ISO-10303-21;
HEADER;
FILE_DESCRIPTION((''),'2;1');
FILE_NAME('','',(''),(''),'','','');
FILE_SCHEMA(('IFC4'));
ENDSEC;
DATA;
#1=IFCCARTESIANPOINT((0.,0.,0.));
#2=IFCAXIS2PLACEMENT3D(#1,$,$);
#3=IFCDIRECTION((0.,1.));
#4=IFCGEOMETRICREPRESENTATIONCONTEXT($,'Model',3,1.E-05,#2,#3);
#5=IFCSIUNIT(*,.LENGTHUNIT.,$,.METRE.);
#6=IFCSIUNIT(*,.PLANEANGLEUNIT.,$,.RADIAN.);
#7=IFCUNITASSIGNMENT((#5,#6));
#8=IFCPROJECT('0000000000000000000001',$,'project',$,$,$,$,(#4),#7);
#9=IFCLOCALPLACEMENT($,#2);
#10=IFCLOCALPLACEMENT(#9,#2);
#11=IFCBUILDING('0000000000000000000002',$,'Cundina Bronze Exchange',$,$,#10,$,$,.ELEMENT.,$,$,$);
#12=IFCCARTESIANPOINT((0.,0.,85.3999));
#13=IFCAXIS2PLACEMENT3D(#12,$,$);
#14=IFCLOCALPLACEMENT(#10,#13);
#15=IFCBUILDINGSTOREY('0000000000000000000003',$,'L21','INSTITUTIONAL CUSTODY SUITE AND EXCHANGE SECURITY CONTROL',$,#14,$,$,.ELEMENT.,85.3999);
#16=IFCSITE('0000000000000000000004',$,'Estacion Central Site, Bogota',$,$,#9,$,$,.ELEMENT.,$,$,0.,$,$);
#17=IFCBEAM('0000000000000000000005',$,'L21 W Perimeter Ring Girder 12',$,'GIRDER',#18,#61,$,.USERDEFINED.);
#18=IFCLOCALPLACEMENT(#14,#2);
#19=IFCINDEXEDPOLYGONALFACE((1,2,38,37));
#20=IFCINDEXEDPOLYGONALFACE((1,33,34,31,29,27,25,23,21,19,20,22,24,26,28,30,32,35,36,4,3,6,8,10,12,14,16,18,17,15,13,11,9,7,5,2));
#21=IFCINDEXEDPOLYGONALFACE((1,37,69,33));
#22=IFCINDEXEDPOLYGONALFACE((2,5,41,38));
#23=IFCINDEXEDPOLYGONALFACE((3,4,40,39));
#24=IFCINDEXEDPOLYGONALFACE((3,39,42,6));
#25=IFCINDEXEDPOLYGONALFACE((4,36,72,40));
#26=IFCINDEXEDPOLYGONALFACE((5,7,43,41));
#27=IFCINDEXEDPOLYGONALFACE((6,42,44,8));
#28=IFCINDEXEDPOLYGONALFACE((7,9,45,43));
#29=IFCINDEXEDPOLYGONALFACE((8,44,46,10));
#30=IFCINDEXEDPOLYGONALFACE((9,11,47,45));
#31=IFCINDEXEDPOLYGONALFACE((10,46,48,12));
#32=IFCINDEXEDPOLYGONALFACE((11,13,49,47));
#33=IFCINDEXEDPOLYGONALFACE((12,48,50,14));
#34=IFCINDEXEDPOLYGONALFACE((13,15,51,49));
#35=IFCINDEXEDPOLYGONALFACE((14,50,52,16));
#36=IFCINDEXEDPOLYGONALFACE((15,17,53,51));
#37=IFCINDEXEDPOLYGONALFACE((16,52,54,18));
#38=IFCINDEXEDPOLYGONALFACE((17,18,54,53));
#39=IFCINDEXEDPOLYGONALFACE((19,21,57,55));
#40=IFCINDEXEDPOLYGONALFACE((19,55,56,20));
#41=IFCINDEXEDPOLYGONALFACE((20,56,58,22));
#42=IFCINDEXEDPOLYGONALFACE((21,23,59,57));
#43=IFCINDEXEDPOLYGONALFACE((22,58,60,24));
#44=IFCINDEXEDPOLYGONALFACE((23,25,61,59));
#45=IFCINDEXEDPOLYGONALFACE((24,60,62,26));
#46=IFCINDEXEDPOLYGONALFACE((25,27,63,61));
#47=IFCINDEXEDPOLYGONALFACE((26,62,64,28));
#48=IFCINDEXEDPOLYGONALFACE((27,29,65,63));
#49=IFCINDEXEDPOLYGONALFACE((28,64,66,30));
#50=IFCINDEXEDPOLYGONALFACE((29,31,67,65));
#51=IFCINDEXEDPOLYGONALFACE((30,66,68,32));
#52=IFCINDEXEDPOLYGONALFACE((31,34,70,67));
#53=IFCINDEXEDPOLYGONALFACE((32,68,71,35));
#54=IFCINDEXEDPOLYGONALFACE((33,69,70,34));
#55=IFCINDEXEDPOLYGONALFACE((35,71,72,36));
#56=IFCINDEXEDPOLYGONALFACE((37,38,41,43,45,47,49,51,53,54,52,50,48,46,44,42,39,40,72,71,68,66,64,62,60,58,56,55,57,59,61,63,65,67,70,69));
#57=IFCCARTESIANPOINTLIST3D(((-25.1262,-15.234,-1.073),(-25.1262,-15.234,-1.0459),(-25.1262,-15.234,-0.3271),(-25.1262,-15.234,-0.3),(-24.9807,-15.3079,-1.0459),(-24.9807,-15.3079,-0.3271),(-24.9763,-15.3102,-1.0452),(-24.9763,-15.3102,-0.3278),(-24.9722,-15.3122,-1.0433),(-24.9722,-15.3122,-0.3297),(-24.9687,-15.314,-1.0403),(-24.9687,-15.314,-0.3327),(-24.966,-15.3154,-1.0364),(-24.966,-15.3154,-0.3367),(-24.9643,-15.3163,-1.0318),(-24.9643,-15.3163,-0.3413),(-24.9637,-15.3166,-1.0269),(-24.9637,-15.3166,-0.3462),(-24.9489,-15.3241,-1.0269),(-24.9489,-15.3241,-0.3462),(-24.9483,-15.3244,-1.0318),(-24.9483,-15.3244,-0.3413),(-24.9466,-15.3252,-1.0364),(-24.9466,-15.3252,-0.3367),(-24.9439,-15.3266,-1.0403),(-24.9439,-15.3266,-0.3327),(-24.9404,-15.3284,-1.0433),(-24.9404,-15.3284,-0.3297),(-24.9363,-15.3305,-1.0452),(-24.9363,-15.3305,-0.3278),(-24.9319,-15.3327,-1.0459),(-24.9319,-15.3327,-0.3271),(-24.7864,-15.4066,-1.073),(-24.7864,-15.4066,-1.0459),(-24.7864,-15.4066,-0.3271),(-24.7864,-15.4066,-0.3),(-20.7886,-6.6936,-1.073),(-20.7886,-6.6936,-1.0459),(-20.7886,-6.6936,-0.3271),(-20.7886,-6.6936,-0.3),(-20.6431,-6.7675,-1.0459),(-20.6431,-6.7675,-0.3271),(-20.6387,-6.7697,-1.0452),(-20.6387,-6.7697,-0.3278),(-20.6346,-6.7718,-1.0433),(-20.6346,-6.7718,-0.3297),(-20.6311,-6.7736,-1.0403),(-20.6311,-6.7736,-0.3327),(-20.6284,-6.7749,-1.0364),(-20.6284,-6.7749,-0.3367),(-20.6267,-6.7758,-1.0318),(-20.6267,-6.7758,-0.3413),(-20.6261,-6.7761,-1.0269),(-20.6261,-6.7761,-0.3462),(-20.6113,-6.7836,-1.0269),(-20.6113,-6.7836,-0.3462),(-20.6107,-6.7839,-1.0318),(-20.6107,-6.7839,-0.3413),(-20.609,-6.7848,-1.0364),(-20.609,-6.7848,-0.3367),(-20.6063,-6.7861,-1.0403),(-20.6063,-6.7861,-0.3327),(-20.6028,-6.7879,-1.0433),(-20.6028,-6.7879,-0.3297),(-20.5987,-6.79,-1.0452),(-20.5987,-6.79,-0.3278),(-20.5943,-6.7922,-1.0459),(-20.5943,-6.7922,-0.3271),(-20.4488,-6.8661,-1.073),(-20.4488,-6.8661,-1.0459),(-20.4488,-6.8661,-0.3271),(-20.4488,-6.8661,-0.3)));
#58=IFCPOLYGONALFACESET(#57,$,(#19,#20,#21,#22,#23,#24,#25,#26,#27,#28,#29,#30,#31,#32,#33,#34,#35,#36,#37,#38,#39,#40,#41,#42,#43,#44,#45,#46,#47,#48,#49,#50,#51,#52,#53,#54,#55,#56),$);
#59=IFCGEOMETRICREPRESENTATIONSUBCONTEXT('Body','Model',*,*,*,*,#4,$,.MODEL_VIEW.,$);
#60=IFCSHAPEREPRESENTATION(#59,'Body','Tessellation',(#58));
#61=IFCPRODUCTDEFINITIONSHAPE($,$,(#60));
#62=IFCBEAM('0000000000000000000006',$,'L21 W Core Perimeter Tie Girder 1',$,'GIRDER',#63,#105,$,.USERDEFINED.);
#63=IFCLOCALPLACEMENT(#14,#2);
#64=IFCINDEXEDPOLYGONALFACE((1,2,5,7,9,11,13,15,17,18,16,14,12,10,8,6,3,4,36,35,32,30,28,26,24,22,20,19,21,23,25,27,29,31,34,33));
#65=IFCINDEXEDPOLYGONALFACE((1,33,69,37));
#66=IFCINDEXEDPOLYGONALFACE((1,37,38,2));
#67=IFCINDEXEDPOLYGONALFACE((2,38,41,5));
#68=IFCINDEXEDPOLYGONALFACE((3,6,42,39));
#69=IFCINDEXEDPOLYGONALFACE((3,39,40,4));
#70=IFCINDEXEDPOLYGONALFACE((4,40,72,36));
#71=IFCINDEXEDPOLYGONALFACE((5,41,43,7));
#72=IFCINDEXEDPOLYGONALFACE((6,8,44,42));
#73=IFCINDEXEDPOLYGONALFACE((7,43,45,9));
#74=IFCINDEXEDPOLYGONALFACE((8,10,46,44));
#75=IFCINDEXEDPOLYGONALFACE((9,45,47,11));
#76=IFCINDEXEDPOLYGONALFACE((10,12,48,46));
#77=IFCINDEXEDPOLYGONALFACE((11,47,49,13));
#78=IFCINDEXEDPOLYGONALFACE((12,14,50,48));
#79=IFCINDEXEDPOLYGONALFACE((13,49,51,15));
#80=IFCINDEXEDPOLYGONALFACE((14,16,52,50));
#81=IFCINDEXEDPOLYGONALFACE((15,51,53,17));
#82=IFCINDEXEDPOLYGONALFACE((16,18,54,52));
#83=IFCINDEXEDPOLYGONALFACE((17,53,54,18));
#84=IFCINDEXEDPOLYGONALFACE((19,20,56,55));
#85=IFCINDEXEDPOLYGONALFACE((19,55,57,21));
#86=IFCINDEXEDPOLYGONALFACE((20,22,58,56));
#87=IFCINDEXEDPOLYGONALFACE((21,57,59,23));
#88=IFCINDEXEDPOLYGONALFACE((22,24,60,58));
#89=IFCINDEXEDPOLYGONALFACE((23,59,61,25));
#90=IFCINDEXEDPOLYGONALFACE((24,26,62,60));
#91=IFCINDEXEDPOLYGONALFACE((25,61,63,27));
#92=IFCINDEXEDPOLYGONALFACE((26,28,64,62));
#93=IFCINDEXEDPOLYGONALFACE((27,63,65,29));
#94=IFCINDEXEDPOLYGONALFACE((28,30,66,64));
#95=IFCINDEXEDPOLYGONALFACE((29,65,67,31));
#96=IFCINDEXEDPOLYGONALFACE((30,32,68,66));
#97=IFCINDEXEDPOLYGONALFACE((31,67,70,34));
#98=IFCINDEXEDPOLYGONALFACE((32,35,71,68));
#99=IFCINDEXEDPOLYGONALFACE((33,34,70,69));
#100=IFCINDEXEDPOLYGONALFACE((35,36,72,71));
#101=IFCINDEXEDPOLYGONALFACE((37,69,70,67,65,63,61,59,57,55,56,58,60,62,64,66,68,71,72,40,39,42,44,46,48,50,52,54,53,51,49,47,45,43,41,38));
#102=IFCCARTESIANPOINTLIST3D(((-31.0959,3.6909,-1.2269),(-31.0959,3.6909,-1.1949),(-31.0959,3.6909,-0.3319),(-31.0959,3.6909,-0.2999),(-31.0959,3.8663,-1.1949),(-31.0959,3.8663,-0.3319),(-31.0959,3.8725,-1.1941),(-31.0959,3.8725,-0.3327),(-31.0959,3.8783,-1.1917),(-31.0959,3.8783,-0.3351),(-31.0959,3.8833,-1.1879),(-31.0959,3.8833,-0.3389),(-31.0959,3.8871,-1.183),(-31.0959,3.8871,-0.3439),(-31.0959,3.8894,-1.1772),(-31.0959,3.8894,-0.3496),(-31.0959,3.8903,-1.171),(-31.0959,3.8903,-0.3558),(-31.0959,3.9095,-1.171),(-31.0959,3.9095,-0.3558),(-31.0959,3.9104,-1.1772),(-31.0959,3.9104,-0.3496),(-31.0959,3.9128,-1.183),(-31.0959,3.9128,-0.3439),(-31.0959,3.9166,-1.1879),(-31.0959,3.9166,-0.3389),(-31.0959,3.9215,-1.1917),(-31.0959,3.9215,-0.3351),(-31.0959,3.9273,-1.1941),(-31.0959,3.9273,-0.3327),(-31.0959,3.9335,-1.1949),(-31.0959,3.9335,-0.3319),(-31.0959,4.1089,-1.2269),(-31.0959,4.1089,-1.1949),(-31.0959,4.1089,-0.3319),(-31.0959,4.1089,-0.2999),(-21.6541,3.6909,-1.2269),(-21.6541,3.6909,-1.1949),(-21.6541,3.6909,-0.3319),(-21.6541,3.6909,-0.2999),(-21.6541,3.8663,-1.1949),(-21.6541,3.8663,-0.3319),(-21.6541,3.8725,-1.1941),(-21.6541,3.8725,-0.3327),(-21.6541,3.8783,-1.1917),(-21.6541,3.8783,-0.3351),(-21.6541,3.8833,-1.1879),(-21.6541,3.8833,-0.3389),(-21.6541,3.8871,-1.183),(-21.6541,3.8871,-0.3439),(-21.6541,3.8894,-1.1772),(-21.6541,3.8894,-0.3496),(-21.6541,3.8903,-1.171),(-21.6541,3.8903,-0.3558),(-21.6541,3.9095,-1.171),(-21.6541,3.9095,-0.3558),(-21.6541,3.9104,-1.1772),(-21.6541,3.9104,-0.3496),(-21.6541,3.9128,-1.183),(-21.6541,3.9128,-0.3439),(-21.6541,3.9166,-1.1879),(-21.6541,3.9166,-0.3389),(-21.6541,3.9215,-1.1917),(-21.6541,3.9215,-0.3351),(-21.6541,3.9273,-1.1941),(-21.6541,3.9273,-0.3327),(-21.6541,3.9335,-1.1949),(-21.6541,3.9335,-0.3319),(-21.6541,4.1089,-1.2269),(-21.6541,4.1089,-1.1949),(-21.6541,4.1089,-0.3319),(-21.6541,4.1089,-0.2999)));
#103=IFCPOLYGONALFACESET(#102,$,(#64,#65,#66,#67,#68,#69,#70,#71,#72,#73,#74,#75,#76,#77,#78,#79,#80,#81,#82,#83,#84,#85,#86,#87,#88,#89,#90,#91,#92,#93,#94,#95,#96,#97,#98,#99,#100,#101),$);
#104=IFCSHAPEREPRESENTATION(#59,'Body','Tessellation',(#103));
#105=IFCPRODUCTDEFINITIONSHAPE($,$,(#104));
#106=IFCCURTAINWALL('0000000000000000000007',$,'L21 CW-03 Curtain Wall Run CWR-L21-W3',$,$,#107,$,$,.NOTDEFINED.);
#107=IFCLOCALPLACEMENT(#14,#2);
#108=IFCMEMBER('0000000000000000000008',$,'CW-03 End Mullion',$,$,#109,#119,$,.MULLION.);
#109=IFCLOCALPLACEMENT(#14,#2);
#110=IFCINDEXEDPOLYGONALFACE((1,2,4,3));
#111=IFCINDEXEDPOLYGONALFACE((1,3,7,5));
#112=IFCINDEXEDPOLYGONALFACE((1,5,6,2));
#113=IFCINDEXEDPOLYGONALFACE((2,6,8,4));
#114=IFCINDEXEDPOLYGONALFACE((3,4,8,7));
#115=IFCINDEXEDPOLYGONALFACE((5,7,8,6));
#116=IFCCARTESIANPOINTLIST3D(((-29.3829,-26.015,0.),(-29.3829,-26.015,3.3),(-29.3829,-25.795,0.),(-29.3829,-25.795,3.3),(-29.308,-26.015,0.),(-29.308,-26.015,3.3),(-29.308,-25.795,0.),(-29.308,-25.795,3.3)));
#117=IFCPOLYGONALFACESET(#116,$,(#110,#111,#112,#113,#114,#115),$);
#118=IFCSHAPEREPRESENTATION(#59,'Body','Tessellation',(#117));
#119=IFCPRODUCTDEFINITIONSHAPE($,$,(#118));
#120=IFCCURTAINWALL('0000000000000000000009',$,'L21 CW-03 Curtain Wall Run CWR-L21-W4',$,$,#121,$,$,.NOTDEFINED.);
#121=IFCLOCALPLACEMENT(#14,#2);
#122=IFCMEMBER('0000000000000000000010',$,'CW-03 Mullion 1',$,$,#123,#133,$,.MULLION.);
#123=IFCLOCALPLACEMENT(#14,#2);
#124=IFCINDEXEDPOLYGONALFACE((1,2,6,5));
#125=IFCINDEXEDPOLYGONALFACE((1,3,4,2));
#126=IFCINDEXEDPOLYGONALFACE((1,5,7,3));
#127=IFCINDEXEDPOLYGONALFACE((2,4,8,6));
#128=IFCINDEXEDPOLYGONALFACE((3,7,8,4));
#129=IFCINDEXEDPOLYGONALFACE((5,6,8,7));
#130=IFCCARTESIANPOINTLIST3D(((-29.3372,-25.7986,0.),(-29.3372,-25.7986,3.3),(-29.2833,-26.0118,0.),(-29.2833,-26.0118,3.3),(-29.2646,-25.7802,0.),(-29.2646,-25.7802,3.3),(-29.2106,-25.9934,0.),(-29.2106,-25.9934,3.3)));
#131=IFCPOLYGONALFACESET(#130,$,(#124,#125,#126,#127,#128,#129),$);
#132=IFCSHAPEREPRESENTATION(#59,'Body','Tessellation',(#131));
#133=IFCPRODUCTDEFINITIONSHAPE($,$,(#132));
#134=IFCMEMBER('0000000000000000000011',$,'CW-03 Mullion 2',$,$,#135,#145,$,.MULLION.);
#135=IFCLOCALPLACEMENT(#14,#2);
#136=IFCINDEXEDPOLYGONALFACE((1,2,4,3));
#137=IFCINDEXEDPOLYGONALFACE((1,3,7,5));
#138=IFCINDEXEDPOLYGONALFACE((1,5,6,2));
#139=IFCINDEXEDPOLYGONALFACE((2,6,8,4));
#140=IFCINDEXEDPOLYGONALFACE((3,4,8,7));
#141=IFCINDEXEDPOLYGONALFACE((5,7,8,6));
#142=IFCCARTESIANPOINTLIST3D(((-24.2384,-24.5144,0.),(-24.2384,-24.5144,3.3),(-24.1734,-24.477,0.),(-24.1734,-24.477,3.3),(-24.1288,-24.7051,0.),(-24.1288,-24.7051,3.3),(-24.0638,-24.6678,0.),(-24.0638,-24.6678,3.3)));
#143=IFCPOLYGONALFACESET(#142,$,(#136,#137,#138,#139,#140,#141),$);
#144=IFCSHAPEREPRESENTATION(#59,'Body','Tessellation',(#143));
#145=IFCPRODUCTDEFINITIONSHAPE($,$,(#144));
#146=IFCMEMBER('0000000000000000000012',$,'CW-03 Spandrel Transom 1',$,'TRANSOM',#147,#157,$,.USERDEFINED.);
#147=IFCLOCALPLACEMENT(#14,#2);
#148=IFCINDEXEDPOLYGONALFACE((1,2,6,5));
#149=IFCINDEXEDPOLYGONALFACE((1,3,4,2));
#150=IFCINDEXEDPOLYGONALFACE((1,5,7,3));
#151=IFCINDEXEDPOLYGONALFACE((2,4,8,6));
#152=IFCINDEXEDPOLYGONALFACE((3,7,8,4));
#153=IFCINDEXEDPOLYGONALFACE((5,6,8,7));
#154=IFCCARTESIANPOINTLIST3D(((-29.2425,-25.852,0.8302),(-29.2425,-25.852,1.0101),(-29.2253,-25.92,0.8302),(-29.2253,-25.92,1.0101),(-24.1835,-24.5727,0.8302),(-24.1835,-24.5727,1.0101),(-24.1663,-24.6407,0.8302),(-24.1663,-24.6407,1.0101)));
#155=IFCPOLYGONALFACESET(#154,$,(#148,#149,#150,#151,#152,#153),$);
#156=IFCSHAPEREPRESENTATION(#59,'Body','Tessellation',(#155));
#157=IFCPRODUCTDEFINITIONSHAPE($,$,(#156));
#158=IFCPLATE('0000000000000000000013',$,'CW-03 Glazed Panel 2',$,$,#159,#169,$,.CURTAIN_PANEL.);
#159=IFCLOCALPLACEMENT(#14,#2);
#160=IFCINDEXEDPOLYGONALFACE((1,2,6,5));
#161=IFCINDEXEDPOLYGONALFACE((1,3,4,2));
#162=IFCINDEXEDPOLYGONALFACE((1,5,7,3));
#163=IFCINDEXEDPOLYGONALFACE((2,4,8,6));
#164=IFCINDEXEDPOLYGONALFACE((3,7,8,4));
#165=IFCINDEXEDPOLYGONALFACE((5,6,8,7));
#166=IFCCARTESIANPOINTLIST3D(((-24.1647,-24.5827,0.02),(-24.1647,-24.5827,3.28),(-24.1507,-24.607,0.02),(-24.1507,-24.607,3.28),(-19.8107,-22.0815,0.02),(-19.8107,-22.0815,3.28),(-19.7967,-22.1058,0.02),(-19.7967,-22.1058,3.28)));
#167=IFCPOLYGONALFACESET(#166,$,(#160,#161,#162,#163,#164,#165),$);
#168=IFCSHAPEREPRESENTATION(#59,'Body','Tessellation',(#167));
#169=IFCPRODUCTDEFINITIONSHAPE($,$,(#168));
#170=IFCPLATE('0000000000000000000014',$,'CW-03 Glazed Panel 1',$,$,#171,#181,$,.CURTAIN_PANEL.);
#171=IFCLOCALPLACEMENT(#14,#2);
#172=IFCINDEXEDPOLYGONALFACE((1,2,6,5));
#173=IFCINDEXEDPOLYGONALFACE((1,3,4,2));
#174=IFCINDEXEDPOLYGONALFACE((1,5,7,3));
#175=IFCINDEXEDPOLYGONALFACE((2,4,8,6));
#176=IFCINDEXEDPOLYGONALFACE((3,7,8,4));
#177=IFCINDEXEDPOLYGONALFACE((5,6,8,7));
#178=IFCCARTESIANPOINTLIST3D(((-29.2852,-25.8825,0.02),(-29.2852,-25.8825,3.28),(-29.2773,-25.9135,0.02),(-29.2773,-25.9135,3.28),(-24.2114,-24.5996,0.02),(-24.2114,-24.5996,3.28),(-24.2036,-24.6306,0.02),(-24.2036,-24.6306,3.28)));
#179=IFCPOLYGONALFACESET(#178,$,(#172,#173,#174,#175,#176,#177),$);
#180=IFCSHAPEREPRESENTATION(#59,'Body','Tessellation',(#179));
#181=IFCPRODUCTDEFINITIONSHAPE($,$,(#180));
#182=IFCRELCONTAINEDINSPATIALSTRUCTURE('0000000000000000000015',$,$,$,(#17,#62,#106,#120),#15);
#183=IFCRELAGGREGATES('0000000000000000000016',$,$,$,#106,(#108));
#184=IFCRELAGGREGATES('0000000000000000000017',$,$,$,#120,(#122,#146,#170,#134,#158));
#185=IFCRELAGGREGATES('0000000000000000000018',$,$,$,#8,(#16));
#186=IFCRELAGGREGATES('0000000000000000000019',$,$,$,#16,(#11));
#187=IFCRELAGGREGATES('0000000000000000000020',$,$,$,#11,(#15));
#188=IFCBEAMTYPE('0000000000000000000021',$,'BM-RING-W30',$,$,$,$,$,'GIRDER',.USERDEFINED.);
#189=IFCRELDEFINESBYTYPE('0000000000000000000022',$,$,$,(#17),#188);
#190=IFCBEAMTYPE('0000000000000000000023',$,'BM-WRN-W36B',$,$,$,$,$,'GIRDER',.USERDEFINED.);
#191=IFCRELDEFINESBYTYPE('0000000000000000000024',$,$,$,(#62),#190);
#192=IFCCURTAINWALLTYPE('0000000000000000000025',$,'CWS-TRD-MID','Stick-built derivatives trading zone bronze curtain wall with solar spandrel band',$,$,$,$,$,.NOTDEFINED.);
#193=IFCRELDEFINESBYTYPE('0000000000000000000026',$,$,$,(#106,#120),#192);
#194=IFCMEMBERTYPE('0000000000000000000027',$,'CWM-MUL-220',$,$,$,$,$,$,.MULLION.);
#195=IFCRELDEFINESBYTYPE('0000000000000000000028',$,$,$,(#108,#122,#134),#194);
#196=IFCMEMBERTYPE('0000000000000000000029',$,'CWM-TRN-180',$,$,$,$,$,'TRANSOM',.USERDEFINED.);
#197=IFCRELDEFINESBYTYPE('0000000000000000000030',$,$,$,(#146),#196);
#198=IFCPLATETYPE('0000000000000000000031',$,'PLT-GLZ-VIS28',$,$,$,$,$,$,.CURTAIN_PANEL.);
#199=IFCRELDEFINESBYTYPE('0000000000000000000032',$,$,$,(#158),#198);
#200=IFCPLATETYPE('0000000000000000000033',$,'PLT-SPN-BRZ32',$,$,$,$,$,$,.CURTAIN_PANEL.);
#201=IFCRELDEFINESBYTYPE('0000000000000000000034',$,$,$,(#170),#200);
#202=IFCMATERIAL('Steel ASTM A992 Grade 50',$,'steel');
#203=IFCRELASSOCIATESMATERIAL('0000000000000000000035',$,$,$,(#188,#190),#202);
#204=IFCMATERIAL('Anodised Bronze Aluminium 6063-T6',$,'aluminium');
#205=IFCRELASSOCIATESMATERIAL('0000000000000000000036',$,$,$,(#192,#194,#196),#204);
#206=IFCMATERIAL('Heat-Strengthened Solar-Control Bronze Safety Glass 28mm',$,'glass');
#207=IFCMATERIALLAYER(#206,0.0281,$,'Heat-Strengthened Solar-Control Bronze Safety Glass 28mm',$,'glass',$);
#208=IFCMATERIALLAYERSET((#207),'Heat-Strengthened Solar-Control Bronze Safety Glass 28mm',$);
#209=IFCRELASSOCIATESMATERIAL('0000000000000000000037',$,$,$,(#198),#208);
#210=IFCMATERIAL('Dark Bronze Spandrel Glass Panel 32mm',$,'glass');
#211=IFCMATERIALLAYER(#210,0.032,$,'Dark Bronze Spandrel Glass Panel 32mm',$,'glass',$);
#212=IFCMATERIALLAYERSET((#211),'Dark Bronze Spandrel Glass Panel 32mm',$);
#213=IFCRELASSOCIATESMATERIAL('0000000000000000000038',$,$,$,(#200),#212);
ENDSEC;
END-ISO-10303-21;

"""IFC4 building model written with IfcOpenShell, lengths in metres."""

from ifc_helpers import new_model, si_unit, direction, frame, origin, origin_2d, place, context, subcontext, project, spatial, rectangle, i_section, extrude, material, layer, layer_set, material_profile, profile_set, type_object, element, aggregate, save


model = new_model("IFC4")

# Units and contexts
model_context = context("Model", 3, precision=1e-05, world=origin(), true_north=direction((0.0, 1.0)))
body_context = subcontext(model_context, "Body", "Model", "MODEL_VIEW")
ifc_project = project(units=[si_unit("LENGTHUNIT", "METRE"), si_unit("PLANEANGLEUNIT", "RADIAN")], contexts=[model_context])

# Site, building, storey
site_placement = place(None, origin())
site = spatial("IfcSite", under=ifc_project, at=site_placement, Name="Estacion Central Site, Bogota", CompositionType="ELEMENT", RefElevation=0.0)
building_placement = place(site_placement, origin())
building = spatial("IfcBuilding", under=site, at=building_placement, Name="Cundina Bronze Exchange", CompositionType="ELEMENT")
storey_placement = place(building_placement, frame((0.0, 0.0, 85.3999)))
storey = spatial("IfcBuildingStorey", under=building, at=storey_placement, Name="L21", Description="INSTITUTIONAL CUSTODY SUITE AND EXCHANGE SECURITY CONTROL", CompositionType="ELEMENT", Elevation=85.3999)

# Shared definitions
ifc_material_1 = material(Name="Steel ASTM A992 Grade 50", Category="steel")

# Beams
ifc_material_profile_1 = material_profile(ifc_material_1, i_section(OverallWidth=0.3811, OverallDepth=0.7729, WebThickness=0.0166, FlangeThickness=0.0271, FilletRadius=0.019, at=origin_2d()), Name="W30X173", Category="steel")
ifc_profile_set_1 = profile_set([ifc_material_profile_1], Name="Steel ASTM A992 Grade 50")
beam_type_1 = type_object("IfcBeamType", Name="BM-RING-W30", ElementType="GIRDER", PredefinedType="USERDEFINED", material=ifc_profile_set_1)
beam_1_placement = place(storey_placement, frame((-24.9563, -15.3203, -0.6865), z_axis=(0.452832, 0.891596, 0.0), x_axis=(-0.891596, 0.452832, 0.0)))
element("IfcBeam", 1, at=beam_1_placement, inside=storey, type_object=beam_type_1, Name="L21 W Perimeter Ring Girder 12", ObjectType="GIRDER", PredefinedType="USERDEFINED", context=body_context, shape_type="SweptSolid", body=[
    extrude(i_section(OverallWidth=0.3811, OverallDepth=0.7729, WebThickness=0.0166, FlangeThickness=0.0271, FilletRadius=0.019, at=origin_2d()), origin(), (0.0, 0.0, 1.0), 9.5789),
])
ifc_material_profile_2 = material_profile(ifc_material_1, i_section(OverallWidth=0.418, OverallDepth=0.927, WebThickness=0.0193, FlangeThickness=0.032, FilletRadius=0.0239, at=origin_2d()), Name="W36X231", Category="steel")
ifc_profile_set_2 = profile_set([ifc_material_profile_2], Name="Steel ASTM A992 Grade 50")
beam_type_2 = type_object("IfcBeamType", Name="BM-WRN-W36B", ElementType="GIRDER", PredefinedType="USERDEFINED", material=ifc_profile_set_2)
beam_2_placement = place(storey_placement, frame((-31.0959, 3.8999, -0.7634), z_axis=(1.0, 0.0, 0.0), x_axis=(0.0, 1.0, 0.0)))
element("IfcBeam", 2, at=beam_2_placement, inside=storey, type_object=beam_type_2, Name="L21 W Core Perimeter Tie Girder 1", ObjectType="GIRDER", PredefinedType="USERDEFINED", context=body_context, shape_type="SweptSolid", body=[
    extrude(i_section(OverallWidth=0.418, OverallDepth=0.927, WebThickness=0.0193, FlangeThickness=0.032, FilletRadius=0.0239, at=origin_2d()), origin(), (0.0, 0.0, 1.0), 9.4419),
])

# Curtain wall, member
ifc_material_2 = material(Name="Anodised Bronze Aluminium 6063-T6", Category="aluminium")
curtain_wall_type = type_object("IfcCurtainWallType", Name="CWS-TRD-MID", Description="Stick-built derivatives trading zone bronze curtain wall with solar spandrel band", PredefinedType="NOTDEFINED", material=ifc_material_2)
curtain_wall_1_placement = place(storey_placement, origin())
curtain_wall_1 = element("IfcCurtainWall", 3, at=curtain_wall_1_placement, inside=storey, type_object=curtain_wall_type, Name="L21 CW-03 Curtain Wall Run CWR-L21-W3", PredefinedType="NOTDEFINED")
ifc_material_profile_3 = material_profile(ifc_material_2, rectangle(XDim=0.075, YDim=0.22, at=origin_2d()), Name="AL75X220", Category="aluminium")
ifc_profile_set_3 = profile_set([ifc_material_profile_3], Name="Anodised Bronze Aluminium 6063-T6")
member_type_1 = type_object("IfcMemberType", Name="CWM-MUL-220", PredefinedType="MULLION", material=ifc_profile_set_3)
member_1_placement = place(storey_placement, frame((-29.3455, -25.905, 0.0), z_axis=(0.0, 0.0, 1.0), x_axis=(1.0, 0.0, 0.0)))
member_1 = element("IfcMember", 4, at=member_1_placement, type_object=member_type_1, Name="CW-03 End Mullion", PredefinedType="MULLION", context=body_context, shape_type="SweptSolid", body=[
    extrude(rectangle(XDim=0.075, YDim=0.22, at=origin_2d()), origin(), (0.0, 0.0, 1.0), 3.3),
])
aggregate(curtain_wall_1, [member_1])

# Curtain wall, members, plates
curtain_wall_2_placement = place(storey_placement, origin())
curtain_wall_2 = element("IfcCurtainWall", 5, at=curtain_wall_2_placement, inside=storey, type_object=curtain_wall_type, Name="L21 CW-03 Curtain Wall Run CWR-L21-W4", PredefinedType="NOTDEFINED")
member_2_placement = place(storey_placement, frame((-29.2739, -25.896, 0.0), z_axis=(0.0, 0.0, 1.0), x_axis=(0.969488, 0.245138, 0.0)))
member_2 = element("IfcMember", 6, at=member_2_placement, type_object=member_type_1, Name="CW-03 Mullion 1", PredefinedType="MULLION", context=body_context, shape_type="SweptSolid", body=[
    extrude(rectangle(XDim=0.075, YDim=0.22, at=origin_2d()), origin(), (0.0, 0.0, 1.0), 3.3),
])
member_3_placement = place(storey_placement, frame((-24.1511, -24.5911, 0.0), z_axis=(0.0, 0.0, 1.0), x_axis=(0.867071, 0.498185, 0.0)))
member_3 = element("IfcMember", 7, at=member_3_placement, type_object=member_type_1, Name="CW-03 Mullion 2", PredefinedType="MULLION", context=body_context, shape_type="SweptSolid", body=[
    extrude(rectangle(XDim=0.075, YDim=0.22, at=origin_2d()), origin(), (0.0, 0.0, 1.0), 3.3),
])
ifc_material_profile_4 = material_profile(ifc_material_2, rectangle(XDim=0.0701, YDim=0.1799, at=origin_2d()), Name="AL70X180", Category="aluminium")
ifc_profile_set_4 = profile_set([ifc_material_profile_4], Name="Anodised Bronze Aluminium 6063-T6")
member_type_2 = type_object("IfcMemberType", Name="CWM-TRN-180", ElementType="TRANSOM", PredefinedType="USERDEFINED", material=ifc_profile_set_4)
member_4_placement = place(storey_placement, frame((-29.2339, -25.886, 0.9202), z_axis=(0.969484, 0.245155, 0.0), x_axis=(-0.245155, 0.969484, 0.0)))
member_4 = element("IfcMember", 8, at=member_4_placement, type_object=member_type_2, Name="CW-03 Spandrel Transom 1", ObjectType="TRANSOM", PredefinedType="USERDEFINED", context=body_context, shape_type="SweptSolid", body=[
    extrude(rectangle(XDim=0.0701, YDim=0.1799, at=origin_2d()), origin(), (0.0, 0.0, 1.0), 5.2183),
])
ifc_material_3 = material(Name="Heat-Strengthened Solar-Control Bronze Safety Glass 28mm", Category="glass")
ifc_layer_1 = layer(ifc_material_3, 0.0281, Name="Heat-Strengthened Solar-Control Bronze Safety Glass 28mm", Category="glass")
ifc_layer_set_1 = layer_set([ifc_layer_1], Name="Heat-Strengthened Solar-Control Bronze Safety Glass 28mm")
plate_type_1 = type_object("IfcPlateType", Name="PLT-GLZ-VIS28", PredefinedType="CURTAIN_PANEL", material=ifc_layer_set_1)
plate_1_placement = place(storey_placement, frame((-21.9807, -23.3442, 0.02), z_axis=(0.0, 0.0, 1.0), x_axis=(0.867105, 0.498125, 0.0)))
plate_1 = element("IfcPlate", 9, at=plate_1_placement, type_object=plate_type_1, Name="CW-03 Glazed Panel 2", PredefinedType="CURTAIN_PANEL", context=body_context, shape_type="SweptSolid", body=[
    extrude(rectangle(XDim=5.0212, YDim=0.0281, at=origin_2d()), origin(), (0.0, 0.0, 1.0), 3.26),
])
ifc_material_4 = material(Name="Dark Bronze Spandrel Glass Panel 32mm", Category="glass")
ifc_layer_2 = layer(ifc_material_4, 0.032, Name="Dark Bronze Spandrel Glass Panel 32mm", Category="glass")
ifc_layer_set_2 = layer_set([ifc_layer_2], Name="Dark Bronze Spandrel Glass Panel 32mm")
plate_type_2 = type_object("IfcPlateType", Name="PLT-SPN-BRZ32", PredefinedType="CURTAIN_PANEL", material=ifc_layer_set_2)
plate_2_placement = place(storey_placement, frame((-26.7444, -25.2566, 0.02), z_axis=(0.0, 0.0, 1.0), x_axis=(0.969488, 0.245138, 0.0)))
plate_2 = element("IfcPlate", 10, at=plate_2_placement, type_object=plate_type_2, Name="CW-03 Glazed Panel 1", PredefinedType="CURTAIN_PANEL", context=body_context, shape_type="SweptSolid", body=[
    extrude(rectangle(XDim=5.2334, YDim=0.032, at=origin_2d()), origin(), (0.0, 0.0, 1.0), 3.26),
])
aggregate(curtain_wall_2, [member_2, member_4, plate_2, member_3, plate_1])

save(model, "model.ifc")
